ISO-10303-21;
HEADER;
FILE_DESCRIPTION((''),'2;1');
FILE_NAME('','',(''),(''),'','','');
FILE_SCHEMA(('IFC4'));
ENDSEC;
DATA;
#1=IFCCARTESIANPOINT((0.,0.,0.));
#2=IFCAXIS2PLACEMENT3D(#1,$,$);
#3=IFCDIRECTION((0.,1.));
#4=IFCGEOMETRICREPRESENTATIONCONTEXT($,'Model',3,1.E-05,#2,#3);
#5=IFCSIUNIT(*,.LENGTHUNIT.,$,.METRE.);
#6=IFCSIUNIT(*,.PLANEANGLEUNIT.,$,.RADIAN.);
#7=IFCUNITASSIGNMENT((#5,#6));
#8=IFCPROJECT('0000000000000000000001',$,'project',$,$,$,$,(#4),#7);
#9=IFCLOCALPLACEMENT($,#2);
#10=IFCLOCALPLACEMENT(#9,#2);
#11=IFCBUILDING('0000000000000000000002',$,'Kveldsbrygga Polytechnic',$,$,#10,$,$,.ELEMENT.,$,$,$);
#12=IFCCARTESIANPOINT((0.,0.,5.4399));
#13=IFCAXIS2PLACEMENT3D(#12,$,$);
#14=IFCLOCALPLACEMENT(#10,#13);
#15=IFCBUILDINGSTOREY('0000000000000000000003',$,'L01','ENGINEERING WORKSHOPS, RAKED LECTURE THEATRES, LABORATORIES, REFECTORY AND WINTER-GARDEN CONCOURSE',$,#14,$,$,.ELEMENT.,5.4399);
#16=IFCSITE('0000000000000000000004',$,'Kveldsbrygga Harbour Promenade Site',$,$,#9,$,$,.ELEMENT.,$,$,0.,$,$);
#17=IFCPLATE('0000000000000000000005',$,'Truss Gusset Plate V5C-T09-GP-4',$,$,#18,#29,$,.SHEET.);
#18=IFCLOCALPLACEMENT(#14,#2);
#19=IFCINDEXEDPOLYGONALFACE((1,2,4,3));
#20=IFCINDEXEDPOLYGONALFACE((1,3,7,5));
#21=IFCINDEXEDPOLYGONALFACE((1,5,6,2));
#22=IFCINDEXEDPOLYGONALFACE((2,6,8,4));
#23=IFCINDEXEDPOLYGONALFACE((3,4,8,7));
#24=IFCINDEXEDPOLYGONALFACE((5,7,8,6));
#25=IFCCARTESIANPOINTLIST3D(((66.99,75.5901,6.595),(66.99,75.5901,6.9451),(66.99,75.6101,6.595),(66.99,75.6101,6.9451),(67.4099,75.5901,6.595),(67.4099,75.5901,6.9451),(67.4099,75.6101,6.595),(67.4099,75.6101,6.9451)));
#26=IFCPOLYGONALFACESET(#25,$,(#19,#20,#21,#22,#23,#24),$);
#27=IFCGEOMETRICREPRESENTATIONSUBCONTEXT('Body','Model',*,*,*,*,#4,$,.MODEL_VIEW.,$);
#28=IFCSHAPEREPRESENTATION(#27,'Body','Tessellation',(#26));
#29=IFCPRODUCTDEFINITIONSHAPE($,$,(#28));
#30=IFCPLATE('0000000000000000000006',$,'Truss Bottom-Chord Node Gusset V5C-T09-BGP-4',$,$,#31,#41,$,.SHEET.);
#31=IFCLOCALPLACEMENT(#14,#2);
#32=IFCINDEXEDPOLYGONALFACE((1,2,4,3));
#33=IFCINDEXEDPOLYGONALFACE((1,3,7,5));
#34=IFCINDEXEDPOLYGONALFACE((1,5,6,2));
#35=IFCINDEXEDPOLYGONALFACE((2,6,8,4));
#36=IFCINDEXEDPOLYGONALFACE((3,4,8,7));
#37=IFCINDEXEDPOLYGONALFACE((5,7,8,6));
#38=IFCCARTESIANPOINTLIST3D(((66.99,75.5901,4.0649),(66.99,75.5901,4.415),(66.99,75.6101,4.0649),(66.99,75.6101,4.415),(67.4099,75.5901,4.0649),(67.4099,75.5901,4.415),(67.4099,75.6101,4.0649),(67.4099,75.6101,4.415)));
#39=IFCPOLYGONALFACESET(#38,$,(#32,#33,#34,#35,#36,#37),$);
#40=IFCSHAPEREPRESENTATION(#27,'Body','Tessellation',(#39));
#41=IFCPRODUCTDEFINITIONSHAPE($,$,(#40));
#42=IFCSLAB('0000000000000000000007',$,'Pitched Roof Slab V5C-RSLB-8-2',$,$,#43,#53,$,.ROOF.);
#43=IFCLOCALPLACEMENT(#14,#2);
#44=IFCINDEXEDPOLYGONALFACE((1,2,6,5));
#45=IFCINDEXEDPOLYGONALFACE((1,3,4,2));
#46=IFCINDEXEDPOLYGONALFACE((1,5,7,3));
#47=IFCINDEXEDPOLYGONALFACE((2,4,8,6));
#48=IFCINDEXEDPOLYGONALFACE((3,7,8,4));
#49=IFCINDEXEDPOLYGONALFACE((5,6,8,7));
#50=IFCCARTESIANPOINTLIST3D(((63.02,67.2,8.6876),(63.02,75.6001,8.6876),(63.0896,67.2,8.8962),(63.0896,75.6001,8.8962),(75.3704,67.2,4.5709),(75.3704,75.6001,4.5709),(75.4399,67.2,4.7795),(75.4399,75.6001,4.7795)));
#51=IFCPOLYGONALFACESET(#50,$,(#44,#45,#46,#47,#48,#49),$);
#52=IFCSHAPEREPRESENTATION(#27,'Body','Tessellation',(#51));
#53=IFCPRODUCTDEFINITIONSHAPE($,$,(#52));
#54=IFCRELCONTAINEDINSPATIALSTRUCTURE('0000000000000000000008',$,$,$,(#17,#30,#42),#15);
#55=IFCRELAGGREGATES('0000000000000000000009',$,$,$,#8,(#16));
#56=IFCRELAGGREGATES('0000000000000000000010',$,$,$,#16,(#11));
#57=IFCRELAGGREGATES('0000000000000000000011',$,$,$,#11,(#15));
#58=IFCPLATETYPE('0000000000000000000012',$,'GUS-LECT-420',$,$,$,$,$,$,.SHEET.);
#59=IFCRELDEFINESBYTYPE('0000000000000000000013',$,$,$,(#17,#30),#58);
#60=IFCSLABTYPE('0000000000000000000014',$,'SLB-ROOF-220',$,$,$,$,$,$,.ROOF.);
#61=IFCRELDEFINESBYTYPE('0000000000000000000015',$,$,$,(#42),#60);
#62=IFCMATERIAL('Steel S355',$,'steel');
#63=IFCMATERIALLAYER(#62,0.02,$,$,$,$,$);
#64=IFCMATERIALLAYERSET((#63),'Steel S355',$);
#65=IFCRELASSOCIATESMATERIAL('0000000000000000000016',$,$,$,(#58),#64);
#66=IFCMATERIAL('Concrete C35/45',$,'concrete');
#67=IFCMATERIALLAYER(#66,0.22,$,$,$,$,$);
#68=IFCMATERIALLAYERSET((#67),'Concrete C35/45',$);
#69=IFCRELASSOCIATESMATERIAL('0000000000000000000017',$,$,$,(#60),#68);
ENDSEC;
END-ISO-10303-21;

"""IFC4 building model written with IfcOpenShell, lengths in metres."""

from ifc_helpers import new_model, si_unit, direction, frame, origin, origin_2d, place, context, subcontext, project, spatial, polyline, rectangle, outline, extrude, material, layer, layer_set, type_object, element, save


model = new_model("IFC4")

# Units and contexts
model_context = context("Model", 3, precision=1e-05, world=origin(), true_north=direction((0.0, 1.0)))
body_context = subcontext(model_context, "Body", "Model", "MODEL_VIEW")
ifc_project = project(units=[si_unit("LENGTHUNIT", "METRE"), si_unit("PLANEANGLEUNIT", "RADIAN")], contexts=[model_context])

# Site, building, storey
site_placement = place(None, origin())
site = spatial("IfcSite", under=ifc_project, at=site_placement, Name="Kveldsbrygga Harbour Promenade Site", CompositionType="ELEMENT", RefElevation=0.0)
building_placement = place(site_placement, origin())
building = spatial("IfcBuilding", under=site, at=building_placement, Name="Kveldsbrygga Polytechnic", CompositionType="ELEMENT")
storey_placement = place(building_placement, frame((0.0, 0.0, 5.4399)))
storey = spatial("IfcBuildingStorey", under=building, at=storey_placement, Name="L01", Description="ENGINEERING WORKSHOPS, RAKED LECTURE THEATRES, LABORATORIES, REFECTORY AND WINTER-GARDEN CONCOURSE", CompositionType="ELEMENT", Elevation=5.4399)

# Shared definitions
ifc_material_1 = material(Name="Steel S355", Category="steel")

# Plates
ifc_layer_1 = layer(ifc_material_1, 0.02)
ifc_layer_set_1 = layer_set([ifc_layer_1], Name="Steel S355")
plate_type_1 = type_object("IfcPlateType", Name="GUS-LECT-420", PredefinedType="SHEET", material=ifc_layer_set_1)
for number, where, z_axis, x_axis, name in (
    (1, (67.2, 75.6001, 6.595), (0.0, 0.0, 1.0), (1.0, 0.0, 0.0), "Truss Gusset Plate V5C-T09-GP-4"),
    (2, (67.2, 75.6001, 4.0649), (0.0, 0.0, 1.0), (1.0, 0.0, 0.0), "Truss Bottom-Chord Node Gusset V5C-T09-BGP-4"),
):
    element("IfcPlate", number, at=place(storey_placement, frame(where, z_axis=z_axis, x_axis=x_axis)), inside=storey, type_object=plate_type_1, Name=name, PredefinedType="SHEET", context=body_context, shape_type="SweptSolid", body=[
        extrude(rectangle(XDim=0.4199, YDim=0.02, at=origin_2d()), origin(), (0.0, 0.0, 1.0), 0.3501),
    ])

# Slab
ifc_material_2 = material(Name="Concrete C35/45", Category="concrete")
ifc_layer_2 = layer(ifc_material_2, 0.22)
ifc_layer_set_2 = layer_set([ifc_layer_2], Name="Concrete C35/45")
slab_type = type_object("IfcSlabType", Name="SLB-ROOF-220", PredefinedType="ROOF", material=ifc_layer_set_2)
slab_placement = place(storey_placement, frame((63.0896, 67.2, 8.8962), z_axis=(0.316222, 0.0, 0.948685), x_axis=(0.948685, 0.0, -0.316222)))
element("IfcSlab", 3, at=slab_placement, inside=storey, type_object=slab_type, Name="Pitched Roof Slab V5C-RSLB-8-2", PredefinedType="ROOF", context=body_context, shape_type="SweptSolid", body=[
    extrude(outline(polyline([(0.0, 0.0), (13.0184, 0.0), (13.0184, 8.4001), (0.0, 8.4001), (0.0, 0.0)])), origin(), (0.0, 0.0, -1.0), 0.22),
])

save(model, "model.ifc")
